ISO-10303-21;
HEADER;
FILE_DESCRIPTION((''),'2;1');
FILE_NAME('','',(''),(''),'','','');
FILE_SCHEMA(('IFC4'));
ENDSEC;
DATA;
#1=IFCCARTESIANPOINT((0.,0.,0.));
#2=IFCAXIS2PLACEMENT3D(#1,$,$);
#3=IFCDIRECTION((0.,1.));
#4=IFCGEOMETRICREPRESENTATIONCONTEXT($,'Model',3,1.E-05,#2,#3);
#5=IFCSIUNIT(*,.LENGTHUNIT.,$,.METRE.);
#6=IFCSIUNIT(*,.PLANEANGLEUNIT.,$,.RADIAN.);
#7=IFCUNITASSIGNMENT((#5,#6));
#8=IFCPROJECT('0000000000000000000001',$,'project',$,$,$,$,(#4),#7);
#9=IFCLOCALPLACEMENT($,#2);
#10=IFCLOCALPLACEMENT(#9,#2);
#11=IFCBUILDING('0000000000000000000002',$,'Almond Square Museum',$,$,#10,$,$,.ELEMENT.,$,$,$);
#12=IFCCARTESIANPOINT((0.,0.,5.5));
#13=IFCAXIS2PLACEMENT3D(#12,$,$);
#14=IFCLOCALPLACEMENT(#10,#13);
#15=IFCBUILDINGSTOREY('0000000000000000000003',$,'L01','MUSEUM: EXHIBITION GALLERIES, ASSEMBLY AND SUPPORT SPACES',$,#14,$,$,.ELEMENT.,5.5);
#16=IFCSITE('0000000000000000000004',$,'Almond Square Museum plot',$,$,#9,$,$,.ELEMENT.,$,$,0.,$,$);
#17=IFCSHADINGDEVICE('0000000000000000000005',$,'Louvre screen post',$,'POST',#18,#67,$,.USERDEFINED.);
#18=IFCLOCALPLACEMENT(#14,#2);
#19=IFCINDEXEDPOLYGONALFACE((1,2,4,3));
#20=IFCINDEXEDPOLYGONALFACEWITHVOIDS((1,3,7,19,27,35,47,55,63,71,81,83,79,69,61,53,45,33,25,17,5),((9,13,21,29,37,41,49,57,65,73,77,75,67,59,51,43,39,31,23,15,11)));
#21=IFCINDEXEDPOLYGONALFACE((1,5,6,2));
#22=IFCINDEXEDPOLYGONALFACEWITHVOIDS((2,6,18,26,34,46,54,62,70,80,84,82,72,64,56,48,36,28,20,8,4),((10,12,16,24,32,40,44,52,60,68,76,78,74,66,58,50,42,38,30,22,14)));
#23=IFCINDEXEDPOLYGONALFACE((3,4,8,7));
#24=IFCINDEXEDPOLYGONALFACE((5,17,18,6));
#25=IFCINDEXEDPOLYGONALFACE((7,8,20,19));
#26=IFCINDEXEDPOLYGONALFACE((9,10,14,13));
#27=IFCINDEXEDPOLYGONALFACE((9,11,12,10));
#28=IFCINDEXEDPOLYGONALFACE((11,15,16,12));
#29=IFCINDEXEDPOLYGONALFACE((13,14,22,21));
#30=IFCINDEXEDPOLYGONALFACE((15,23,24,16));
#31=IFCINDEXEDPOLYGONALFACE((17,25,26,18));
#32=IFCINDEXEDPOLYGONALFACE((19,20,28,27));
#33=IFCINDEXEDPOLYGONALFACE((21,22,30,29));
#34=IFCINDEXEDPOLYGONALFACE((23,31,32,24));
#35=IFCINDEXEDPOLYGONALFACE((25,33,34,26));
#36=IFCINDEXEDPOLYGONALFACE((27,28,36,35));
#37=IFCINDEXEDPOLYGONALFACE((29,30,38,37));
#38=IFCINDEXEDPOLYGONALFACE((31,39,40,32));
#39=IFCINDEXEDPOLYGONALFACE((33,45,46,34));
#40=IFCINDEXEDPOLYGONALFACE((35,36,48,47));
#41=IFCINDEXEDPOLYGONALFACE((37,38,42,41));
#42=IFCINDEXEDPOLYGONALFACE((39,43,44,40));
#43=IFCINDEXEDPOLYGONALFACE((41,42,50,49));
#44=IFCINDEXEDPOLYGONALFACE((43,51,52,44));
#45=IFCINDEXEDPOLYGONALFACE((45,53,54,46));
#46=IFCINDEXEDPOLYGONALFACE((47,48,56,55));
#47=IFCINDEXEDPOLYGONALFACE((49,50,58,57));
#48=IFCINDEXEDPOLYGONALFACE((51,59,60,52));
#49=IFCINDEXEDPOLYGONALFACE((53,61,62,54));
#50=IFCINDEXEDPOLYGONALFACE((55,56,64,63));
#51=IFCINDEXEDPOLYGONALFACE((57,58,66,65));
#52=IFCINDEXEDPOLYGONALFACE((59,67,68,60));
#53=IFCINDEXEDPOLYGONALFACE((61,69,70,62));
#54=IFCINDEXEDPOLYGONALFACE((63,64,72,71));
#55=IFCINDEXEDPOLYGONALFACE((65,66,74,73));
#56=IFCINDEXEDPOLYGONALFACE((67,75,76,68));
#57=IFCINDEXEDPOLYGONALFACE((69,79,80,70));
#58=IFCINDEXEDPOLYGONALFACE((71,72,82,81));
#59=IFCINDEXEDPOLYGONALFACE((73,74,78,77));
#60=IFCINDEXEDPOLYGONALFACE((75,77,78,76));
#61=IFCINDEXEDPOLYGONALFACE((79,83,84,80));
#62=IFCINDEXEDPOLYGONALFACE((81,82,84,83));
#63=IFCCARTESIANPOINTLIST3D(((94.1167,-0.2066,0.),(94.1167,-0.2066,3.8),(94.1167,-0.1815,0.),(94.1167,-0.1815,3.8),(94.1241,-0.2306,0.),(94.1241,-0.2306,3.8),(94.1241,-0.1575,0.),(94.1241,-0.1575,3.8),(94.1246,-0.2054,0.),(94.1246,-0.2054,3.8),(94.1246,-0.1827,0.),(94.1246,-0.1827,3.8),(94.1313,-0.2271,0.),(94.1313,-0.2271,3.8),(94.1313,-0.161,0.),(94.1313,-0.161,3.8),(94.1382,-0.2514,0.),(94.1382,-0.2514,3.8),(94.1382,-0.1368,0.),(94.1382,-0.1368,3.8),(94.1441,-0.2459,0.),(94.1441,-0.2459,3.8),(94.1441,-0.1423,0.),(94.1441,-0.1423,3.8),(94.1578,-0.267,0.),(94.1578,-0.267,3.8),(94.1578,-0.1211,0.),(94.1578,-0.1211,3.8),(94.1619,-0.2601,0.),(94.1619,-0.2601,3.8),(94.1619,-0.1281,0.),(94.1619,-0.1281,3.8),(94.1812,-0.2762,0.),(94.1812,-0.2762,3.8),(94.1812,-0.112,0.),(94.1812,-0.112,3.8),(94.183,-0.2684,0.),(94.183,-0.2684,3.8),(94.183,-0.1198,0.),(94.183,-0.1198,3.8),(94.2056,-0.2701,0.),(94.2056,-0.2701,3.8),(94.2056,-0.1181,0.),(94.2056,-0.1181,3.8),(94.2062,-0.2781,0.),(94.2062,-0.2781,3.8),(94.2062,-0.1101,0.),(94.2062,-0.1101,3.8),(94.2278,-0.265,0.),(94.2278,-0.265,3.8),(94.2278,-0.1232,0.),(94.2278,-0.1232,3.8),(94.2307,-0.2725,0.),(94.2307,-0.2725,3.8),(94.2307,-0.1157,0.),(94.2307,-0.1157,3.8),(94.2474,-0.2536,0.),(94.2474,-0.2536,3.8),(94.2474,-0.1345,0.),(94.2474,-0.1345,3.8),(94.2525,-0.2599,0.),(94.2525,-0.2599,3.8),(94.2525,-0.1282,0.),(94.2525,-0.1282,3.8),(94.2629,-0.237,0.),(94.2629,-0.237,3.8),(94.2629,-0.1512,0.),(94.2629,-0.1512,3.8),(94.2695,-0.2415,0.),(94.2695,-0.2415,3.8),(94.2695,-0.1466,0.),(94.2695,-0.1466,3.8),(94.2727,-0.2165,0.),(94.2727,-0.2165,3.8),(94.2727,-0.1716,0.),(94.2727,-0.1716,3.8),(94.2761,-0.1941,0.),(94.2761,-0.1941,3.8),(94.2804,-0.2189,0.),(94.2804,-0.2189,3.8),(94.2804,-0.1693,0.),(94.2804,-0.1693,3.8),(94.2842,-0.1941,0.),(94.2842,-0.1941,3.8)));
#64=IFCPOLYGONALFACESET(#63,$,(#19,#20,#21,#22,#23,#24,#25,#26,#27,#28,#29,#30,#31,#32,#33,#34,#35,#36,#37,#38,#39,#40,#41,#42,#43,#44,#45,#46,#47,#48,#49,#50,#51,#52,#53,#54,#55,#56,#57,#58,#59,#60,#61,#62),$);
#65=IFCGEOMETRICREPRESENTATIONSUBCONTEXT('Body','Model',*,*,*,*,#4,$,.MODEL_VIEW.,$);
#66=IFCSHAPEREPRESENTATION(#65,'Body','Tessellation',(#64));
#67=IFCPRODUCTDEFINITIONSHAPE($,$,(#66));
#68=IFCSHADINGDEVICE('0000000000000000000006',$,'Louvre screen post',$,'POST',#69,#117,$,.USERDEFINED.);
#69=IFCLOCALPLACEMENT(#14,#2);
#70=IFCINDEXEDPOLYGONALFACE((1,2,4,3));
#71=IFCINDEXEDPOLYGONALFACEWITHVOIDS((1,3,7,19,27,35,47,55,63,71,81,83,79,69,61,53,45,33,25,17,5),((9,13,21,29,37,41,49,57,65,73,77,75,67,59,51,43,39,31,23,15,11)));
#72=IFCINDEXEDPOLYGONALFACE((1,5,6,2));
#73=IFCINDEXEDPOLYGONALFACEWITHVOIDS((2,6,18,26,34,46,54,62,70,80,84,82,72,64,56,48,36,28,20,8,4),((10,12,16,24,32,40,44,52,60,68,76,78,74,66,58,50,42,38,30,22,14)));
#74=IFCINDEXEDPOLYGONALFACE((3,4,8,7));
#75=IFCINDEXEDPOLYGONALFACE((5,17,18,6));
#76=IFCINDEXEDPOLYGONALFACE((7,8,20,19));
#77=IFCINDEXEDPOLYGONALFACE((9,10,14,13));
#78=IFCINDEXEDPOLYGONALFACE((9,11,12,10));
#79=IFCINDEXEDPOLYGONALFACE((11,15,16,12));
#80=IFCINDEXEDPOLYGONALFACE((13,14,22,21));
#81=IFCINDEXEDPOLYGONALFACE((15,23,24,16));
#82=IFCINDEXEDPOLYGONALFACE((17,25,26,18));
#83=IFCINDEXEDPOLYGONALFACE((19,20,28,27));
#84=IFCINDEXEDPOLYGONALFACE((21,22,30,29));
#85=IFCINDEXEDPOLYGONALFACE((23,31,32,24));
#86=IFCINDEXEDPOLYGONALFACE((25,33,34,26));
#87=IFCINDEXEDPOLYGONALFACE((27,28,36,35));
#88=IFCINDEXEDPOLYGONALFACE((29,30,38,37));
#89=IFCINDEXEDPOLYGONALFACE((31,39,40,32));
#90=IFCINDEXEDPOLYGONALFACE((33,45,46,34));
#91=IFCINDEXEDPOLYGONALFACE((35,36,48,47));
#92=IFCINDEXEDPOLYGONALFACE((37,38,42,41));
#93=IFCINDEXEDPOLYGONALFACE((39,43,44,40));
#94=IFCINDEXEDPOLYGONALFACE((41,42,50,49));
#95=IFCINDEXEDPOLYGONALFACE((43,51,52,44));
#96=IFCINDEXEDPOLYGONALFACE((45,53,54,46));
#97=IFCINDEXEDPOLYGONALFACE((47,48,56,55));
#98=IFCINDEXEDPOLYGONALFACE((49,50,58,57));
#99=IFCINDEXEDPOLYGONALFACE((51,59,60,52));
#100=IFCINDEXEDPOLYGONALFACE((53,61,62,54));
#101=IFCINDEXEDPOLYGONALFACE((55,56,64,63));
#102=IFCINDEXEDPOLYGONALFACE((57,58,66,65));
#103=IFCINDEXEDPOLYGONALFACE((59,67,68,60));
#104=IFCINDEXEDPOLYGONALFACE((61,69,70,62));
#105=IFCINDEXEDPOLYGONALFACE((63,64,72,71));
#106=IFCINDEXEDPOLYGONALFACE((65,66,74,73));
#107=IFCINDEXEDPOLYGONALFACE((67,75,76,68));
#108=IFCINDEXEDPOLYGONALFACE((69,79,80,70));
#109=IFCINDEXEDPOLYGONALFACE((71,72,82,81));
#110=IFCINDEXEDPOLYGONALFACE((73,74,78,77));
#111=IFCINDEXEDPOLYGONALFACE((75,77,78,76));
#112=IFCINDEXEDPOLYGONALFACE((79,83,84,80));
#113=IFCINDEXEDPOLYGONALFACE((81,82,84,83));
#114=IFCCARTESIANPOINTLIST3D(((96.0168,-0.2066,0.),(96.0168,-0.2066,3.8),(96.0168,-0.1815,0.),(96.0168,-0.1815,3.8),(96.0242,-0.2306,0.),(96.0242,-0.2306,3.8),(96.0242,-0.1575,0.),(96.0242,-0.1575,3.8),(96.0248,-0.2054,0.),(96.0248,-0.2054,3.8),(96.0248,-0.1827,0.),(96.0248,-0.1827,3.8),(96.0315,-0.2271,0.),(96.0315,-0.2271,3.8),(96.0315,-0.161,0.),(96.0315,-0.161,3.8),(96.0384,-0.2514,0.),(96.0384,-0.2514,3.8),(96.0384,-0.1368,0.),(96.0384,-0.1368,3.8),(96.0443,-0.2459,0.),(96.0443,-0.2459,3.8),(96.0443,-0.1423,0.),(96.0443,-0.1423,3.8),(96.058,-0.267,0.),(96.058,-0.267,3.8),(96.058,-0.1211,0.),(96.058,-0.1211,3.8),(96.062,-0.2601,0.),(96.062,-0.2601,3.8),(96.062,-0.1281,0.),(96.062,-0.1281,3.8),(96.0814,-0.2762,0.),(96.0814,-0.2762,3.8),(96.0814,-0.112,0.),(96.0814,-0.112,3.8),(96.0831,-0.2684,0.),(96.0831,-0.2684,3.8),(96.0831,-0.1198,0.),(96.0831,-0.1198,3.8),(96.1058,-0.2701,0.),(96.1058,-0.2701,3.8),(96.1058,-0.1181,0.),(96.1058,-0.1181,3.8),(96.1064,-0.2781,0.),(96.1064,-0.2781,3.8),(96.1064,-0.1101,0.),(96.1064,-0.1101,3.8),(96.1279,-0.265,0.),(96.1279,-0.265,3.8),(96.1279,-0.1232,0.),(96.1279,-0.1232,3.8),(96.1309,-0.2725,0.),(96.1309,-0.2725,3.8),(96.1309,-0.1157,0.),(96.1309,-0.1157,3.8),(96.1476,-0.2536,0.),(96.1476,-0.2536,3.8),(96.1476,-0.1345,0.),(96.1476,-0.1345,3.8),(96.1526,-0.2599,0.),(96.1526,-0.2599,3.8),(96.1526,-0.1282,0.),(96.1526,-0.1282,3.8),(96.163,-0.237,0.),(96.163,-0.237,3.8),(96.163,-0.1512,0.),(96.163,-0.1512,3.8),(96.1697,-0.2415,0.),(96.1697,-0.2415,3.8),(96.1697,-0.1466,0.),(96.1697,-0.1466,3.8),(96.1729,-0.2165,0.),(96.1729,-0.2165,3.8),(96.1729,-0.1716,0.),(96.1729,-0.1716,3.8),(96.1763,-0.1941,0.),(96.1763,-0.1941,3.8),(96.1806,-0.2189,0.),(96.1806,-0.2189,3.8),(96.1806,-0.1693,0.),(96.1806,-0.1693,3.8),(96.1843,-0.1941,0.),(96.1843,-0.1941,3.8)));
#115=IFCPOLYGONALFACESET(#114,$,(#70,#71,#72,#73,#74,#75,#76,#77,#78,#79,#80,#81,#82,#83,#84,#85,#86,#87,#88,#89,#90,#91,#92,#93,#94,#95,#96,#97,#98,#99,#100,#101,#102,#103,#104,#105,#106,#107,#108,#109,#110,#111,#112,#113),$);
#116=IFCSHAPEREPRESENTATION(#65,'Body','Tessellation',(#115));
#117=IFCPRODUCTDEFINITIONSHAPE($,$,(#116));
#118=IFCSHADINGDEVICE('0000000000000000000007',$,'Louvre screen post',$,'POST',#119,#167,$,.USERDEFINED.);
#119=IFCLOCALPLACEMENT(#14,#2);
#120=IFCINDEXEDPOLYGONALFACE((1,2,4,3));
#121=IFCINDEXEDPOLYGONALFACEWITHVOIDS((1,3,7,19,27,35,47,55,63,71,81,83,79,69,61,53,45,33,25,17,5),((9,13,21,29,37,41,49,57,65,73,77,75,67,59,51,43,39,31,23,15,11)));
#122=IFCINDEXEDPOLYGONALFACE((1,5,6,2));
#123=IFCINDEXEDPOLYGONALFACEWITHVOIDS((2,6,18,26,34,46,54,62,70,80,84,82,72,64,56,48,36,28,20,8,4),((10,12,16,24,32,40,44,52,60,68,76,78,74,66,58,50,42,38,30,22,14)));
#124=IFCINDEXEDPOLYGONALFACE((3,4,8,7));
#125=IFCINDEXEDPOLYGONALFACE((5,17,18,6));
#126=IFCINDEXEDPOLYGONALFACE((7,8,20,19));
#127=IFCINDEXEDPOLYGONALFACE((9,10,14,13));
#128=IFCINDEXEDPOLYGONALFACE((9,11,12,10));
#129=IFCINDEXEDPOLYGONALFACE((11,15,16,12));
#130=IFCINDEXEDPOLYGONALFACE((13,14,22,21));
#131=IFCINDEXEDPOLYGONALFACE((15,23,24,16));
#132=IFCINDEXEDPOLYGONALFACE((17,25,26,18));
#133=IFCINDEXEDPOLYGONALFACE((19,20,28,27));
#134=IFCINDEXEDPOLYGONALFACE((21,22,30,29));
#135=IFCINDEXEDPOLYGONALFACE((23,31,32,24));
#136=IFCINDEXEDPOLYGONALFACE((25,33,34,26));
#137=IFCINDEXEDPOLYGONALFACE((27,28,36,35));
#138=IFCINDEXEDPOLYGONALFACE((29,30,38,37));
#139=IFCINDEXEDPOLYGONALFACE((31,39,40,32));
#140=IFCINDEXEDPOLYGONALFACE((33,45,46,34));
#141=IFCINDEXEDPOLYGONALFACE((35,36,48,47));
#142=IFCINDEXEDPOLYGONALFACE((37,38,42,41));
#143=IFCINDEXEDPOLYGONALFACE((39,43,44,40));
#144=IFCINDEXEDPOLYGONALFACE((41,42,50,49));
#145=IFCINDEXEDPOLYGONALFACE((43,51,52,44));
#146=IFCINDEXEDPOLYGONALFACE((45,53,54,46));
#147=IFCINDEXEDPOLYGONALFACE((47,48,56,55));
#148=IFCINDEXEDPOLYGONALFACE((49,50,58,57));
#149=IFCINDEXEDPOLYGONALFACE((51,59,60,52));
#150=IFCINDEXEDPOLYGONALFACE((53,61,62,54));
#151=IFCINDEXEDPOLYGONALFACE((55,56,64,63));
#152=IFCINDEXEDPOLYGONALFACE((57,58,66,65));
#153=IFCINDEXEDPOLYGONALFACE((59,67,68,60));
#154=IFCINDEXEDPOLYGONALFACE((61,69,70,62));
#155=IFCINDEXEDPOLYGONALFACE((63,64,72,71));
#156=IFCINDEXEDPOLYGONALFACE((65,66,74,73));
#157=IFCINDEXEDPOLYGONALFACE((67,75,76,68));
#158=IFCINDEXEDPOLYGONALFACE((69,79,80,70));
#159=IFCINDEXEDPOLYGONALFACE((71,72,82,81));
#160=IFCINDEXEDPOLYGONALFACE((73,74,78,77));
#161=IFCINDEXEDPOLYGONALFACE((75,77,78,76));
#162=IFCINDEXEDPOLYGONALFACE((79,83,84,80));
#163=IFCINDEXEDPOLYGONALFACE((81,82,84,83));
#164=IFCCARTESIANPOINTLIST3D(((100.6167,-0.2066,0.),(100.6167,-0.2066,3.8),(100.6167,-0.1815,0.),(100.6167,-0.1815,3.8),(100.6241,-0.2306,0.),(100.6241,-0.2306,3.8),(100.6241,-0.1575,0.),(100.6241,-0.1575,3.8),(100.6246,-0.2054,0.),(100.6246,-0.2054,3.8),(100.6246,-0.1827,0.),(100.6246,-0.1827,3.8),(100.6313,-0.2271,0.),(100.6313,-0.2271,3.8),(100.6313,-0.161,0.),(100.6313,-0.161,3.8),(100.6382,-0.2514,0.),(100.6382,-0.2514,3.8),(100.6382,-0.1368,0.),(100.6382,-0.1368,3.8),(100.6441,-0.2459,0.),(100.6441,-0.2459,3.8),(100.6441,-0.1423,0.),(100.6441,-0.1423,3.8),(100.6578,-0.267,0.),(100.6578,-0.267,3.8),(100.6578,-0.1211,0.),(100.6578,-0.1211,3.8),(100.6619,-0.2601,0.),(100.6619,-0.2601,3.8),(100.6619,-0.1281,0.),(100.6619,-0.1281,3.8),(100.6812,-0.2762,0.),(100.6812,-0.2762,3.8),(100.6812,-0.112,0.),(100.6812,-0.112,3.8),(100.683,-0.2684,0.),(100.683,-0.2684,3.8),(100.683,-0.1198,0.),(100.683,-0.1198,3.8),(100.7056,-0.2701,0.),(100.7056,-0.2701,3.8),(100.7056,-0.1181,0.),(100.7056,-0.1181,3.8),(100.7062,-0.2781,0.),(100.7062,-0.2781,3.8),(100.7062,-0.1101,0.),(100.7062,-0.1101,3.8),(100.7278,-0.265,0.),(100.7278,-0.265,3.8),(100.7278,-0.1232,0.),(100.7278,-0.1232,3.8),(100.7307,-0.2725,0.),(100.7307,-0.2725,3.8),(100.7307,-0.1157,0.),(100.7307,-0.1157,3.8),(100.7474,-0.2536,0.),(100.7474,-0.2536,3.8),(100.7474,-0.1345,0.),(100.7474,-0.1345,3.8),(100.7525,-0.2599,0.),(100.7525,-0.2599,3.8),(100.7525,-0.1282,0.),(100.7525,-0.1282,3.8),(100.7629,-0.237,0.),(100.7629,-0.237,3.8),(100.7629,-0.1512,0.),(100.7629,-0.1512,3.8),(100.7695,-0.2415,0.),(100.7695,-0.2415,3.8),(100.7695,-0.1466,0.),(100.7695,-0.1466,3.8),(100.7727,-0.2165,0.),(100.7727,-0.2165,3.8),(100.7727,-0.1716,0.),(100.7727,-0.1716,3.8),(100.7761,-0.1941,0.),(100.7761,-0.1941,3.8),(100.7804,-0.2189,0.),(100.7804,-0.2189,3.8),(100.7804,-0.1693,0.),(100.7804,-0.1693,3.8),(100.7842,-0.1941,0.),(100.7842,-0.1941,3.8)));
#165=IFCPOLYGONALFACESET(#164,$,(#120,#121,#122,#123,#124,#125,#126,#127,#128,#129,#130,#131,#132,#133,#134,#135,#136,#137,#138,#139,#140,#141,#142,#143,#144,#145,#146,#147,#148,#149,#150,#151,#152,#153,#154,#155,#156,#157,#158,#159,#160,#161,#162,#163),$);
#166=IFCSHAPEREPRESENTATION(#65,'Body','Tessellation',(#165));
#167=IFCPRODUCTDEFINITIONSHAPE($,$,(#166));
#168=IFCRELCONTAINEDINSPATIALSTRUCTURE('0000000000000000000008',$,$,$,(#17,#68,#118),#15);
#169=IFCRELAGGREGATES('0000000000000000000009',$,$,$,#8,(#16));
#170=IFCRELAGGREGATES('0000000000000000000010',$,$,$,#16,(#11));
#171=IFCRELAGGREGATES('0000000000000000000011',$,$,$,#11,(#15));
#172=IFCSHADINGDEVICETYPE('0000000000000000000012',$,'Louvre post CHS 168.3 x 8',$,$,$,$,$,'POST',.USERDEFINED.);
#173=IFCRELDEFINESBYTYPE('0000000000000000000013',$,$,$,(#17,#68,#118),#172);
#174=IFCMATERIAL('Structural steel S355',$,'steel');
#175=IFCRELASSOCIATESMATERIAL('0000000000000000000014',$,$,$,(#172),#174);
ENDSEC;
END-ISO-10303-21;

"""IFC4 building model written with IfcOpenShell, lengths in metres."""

from ifc_helpers import new_model, si_unit, direction, frame, origin, origin_2d, place, context, subcontext, project, spatial, hollow_circle, extrude, material, material_profile, profile_set, type_object, element, save


model = new_model("IFC4")

# Units and contexts
model_context = context("Model", 3, precision=1e-05, world=origin(), true_north=direction((0.0, 1.0)))
body_context = subcontext(model_context, "Body", "Model", "MODEL_VIEW")
ifc_project = project(units=[si_unit("LENGTHUNIT", "METRE"), si_unit("PLANEANGLEUNIT", "RADIAN")], contexts=[model_context])

# Site, building, storey
site_placement = place(None, origin())
site = spatial("IfcSite", under=ifc_project, at=site_placement, Name="Almond Square Museum plot", CompositionType="ELEMENT", RefElevation=0.0)
building_placement = place(site_placement, origin())
building = spatial("IfcBuilding", under=site, at=building_placement, Name="Almond Square Museum", CompositionType="ELEMENT")
storey_placement = place(building_placement, frame((0.0, 0.0, 5.5)))
storey = spatial("IfcBuildingStorey", under=building, at=storey_placement, Name="L01", Description="MUSEUM: EXHIBITION GALLERIES, ASSEMBLY AND SUPPORT SPACES", CompositionType="ELEMENT", Elevation=5.5)

# Shading devices
ifc_material_1 = material(Name="Structural steel S355", Category="steel")
ifc_material_profile_1 = material_profile(ifc_material_1, hollow_circle(Radius=0.0842, WallThickness=0.0081, at=origin_2d()))
ifc_profile_set_1 = profile_set([ifc_material_profile_1], Name="Structural steel S355")
shading_device_type = type_object("IfcShadingDeviceType", Name="Louvre post CHS 168.3 x 8", ElementType="POST", PredefinedType="USERDEFINED", material=ifc_profile_set_1)
for number, where, z_axis, x_axis, name in (
    (1, (94.2, -0.1941, 0.0), (0.0, 0.0, 1.0), (1.0, 0.0, 0.0), "Louvre screen post"),
    (2, (96.1001, -0.1941, 0.0), (0.0, 0.0, 1.0), (1.0, 0.0, 0.0), "Louvre screen post"),
    (3, (100.7, -0.1941, 0.0), (0.0, 0.0, 1.0), (1.0, 0.0, 0.0), "Louvre screen post"),
):
    element("IfcShadingDevice", number, at=place(storey_placement, frame(where, z_axis=z_axis, x_axis=x_axis)), inside=storey, type_object=shading_device_type, Name=name, ObjectType="POST", PredefinedType="USERDEFINED", context=body_context, shape_type="SweptSolid", body=[
        extrude(hollow_circle(Radius=0.0842, WallThickness=0.0081, at=origin_2d()), origin(), (0.0, 0.0, 1.0), 3.8),
    ])

save(model, "model.ifc")
